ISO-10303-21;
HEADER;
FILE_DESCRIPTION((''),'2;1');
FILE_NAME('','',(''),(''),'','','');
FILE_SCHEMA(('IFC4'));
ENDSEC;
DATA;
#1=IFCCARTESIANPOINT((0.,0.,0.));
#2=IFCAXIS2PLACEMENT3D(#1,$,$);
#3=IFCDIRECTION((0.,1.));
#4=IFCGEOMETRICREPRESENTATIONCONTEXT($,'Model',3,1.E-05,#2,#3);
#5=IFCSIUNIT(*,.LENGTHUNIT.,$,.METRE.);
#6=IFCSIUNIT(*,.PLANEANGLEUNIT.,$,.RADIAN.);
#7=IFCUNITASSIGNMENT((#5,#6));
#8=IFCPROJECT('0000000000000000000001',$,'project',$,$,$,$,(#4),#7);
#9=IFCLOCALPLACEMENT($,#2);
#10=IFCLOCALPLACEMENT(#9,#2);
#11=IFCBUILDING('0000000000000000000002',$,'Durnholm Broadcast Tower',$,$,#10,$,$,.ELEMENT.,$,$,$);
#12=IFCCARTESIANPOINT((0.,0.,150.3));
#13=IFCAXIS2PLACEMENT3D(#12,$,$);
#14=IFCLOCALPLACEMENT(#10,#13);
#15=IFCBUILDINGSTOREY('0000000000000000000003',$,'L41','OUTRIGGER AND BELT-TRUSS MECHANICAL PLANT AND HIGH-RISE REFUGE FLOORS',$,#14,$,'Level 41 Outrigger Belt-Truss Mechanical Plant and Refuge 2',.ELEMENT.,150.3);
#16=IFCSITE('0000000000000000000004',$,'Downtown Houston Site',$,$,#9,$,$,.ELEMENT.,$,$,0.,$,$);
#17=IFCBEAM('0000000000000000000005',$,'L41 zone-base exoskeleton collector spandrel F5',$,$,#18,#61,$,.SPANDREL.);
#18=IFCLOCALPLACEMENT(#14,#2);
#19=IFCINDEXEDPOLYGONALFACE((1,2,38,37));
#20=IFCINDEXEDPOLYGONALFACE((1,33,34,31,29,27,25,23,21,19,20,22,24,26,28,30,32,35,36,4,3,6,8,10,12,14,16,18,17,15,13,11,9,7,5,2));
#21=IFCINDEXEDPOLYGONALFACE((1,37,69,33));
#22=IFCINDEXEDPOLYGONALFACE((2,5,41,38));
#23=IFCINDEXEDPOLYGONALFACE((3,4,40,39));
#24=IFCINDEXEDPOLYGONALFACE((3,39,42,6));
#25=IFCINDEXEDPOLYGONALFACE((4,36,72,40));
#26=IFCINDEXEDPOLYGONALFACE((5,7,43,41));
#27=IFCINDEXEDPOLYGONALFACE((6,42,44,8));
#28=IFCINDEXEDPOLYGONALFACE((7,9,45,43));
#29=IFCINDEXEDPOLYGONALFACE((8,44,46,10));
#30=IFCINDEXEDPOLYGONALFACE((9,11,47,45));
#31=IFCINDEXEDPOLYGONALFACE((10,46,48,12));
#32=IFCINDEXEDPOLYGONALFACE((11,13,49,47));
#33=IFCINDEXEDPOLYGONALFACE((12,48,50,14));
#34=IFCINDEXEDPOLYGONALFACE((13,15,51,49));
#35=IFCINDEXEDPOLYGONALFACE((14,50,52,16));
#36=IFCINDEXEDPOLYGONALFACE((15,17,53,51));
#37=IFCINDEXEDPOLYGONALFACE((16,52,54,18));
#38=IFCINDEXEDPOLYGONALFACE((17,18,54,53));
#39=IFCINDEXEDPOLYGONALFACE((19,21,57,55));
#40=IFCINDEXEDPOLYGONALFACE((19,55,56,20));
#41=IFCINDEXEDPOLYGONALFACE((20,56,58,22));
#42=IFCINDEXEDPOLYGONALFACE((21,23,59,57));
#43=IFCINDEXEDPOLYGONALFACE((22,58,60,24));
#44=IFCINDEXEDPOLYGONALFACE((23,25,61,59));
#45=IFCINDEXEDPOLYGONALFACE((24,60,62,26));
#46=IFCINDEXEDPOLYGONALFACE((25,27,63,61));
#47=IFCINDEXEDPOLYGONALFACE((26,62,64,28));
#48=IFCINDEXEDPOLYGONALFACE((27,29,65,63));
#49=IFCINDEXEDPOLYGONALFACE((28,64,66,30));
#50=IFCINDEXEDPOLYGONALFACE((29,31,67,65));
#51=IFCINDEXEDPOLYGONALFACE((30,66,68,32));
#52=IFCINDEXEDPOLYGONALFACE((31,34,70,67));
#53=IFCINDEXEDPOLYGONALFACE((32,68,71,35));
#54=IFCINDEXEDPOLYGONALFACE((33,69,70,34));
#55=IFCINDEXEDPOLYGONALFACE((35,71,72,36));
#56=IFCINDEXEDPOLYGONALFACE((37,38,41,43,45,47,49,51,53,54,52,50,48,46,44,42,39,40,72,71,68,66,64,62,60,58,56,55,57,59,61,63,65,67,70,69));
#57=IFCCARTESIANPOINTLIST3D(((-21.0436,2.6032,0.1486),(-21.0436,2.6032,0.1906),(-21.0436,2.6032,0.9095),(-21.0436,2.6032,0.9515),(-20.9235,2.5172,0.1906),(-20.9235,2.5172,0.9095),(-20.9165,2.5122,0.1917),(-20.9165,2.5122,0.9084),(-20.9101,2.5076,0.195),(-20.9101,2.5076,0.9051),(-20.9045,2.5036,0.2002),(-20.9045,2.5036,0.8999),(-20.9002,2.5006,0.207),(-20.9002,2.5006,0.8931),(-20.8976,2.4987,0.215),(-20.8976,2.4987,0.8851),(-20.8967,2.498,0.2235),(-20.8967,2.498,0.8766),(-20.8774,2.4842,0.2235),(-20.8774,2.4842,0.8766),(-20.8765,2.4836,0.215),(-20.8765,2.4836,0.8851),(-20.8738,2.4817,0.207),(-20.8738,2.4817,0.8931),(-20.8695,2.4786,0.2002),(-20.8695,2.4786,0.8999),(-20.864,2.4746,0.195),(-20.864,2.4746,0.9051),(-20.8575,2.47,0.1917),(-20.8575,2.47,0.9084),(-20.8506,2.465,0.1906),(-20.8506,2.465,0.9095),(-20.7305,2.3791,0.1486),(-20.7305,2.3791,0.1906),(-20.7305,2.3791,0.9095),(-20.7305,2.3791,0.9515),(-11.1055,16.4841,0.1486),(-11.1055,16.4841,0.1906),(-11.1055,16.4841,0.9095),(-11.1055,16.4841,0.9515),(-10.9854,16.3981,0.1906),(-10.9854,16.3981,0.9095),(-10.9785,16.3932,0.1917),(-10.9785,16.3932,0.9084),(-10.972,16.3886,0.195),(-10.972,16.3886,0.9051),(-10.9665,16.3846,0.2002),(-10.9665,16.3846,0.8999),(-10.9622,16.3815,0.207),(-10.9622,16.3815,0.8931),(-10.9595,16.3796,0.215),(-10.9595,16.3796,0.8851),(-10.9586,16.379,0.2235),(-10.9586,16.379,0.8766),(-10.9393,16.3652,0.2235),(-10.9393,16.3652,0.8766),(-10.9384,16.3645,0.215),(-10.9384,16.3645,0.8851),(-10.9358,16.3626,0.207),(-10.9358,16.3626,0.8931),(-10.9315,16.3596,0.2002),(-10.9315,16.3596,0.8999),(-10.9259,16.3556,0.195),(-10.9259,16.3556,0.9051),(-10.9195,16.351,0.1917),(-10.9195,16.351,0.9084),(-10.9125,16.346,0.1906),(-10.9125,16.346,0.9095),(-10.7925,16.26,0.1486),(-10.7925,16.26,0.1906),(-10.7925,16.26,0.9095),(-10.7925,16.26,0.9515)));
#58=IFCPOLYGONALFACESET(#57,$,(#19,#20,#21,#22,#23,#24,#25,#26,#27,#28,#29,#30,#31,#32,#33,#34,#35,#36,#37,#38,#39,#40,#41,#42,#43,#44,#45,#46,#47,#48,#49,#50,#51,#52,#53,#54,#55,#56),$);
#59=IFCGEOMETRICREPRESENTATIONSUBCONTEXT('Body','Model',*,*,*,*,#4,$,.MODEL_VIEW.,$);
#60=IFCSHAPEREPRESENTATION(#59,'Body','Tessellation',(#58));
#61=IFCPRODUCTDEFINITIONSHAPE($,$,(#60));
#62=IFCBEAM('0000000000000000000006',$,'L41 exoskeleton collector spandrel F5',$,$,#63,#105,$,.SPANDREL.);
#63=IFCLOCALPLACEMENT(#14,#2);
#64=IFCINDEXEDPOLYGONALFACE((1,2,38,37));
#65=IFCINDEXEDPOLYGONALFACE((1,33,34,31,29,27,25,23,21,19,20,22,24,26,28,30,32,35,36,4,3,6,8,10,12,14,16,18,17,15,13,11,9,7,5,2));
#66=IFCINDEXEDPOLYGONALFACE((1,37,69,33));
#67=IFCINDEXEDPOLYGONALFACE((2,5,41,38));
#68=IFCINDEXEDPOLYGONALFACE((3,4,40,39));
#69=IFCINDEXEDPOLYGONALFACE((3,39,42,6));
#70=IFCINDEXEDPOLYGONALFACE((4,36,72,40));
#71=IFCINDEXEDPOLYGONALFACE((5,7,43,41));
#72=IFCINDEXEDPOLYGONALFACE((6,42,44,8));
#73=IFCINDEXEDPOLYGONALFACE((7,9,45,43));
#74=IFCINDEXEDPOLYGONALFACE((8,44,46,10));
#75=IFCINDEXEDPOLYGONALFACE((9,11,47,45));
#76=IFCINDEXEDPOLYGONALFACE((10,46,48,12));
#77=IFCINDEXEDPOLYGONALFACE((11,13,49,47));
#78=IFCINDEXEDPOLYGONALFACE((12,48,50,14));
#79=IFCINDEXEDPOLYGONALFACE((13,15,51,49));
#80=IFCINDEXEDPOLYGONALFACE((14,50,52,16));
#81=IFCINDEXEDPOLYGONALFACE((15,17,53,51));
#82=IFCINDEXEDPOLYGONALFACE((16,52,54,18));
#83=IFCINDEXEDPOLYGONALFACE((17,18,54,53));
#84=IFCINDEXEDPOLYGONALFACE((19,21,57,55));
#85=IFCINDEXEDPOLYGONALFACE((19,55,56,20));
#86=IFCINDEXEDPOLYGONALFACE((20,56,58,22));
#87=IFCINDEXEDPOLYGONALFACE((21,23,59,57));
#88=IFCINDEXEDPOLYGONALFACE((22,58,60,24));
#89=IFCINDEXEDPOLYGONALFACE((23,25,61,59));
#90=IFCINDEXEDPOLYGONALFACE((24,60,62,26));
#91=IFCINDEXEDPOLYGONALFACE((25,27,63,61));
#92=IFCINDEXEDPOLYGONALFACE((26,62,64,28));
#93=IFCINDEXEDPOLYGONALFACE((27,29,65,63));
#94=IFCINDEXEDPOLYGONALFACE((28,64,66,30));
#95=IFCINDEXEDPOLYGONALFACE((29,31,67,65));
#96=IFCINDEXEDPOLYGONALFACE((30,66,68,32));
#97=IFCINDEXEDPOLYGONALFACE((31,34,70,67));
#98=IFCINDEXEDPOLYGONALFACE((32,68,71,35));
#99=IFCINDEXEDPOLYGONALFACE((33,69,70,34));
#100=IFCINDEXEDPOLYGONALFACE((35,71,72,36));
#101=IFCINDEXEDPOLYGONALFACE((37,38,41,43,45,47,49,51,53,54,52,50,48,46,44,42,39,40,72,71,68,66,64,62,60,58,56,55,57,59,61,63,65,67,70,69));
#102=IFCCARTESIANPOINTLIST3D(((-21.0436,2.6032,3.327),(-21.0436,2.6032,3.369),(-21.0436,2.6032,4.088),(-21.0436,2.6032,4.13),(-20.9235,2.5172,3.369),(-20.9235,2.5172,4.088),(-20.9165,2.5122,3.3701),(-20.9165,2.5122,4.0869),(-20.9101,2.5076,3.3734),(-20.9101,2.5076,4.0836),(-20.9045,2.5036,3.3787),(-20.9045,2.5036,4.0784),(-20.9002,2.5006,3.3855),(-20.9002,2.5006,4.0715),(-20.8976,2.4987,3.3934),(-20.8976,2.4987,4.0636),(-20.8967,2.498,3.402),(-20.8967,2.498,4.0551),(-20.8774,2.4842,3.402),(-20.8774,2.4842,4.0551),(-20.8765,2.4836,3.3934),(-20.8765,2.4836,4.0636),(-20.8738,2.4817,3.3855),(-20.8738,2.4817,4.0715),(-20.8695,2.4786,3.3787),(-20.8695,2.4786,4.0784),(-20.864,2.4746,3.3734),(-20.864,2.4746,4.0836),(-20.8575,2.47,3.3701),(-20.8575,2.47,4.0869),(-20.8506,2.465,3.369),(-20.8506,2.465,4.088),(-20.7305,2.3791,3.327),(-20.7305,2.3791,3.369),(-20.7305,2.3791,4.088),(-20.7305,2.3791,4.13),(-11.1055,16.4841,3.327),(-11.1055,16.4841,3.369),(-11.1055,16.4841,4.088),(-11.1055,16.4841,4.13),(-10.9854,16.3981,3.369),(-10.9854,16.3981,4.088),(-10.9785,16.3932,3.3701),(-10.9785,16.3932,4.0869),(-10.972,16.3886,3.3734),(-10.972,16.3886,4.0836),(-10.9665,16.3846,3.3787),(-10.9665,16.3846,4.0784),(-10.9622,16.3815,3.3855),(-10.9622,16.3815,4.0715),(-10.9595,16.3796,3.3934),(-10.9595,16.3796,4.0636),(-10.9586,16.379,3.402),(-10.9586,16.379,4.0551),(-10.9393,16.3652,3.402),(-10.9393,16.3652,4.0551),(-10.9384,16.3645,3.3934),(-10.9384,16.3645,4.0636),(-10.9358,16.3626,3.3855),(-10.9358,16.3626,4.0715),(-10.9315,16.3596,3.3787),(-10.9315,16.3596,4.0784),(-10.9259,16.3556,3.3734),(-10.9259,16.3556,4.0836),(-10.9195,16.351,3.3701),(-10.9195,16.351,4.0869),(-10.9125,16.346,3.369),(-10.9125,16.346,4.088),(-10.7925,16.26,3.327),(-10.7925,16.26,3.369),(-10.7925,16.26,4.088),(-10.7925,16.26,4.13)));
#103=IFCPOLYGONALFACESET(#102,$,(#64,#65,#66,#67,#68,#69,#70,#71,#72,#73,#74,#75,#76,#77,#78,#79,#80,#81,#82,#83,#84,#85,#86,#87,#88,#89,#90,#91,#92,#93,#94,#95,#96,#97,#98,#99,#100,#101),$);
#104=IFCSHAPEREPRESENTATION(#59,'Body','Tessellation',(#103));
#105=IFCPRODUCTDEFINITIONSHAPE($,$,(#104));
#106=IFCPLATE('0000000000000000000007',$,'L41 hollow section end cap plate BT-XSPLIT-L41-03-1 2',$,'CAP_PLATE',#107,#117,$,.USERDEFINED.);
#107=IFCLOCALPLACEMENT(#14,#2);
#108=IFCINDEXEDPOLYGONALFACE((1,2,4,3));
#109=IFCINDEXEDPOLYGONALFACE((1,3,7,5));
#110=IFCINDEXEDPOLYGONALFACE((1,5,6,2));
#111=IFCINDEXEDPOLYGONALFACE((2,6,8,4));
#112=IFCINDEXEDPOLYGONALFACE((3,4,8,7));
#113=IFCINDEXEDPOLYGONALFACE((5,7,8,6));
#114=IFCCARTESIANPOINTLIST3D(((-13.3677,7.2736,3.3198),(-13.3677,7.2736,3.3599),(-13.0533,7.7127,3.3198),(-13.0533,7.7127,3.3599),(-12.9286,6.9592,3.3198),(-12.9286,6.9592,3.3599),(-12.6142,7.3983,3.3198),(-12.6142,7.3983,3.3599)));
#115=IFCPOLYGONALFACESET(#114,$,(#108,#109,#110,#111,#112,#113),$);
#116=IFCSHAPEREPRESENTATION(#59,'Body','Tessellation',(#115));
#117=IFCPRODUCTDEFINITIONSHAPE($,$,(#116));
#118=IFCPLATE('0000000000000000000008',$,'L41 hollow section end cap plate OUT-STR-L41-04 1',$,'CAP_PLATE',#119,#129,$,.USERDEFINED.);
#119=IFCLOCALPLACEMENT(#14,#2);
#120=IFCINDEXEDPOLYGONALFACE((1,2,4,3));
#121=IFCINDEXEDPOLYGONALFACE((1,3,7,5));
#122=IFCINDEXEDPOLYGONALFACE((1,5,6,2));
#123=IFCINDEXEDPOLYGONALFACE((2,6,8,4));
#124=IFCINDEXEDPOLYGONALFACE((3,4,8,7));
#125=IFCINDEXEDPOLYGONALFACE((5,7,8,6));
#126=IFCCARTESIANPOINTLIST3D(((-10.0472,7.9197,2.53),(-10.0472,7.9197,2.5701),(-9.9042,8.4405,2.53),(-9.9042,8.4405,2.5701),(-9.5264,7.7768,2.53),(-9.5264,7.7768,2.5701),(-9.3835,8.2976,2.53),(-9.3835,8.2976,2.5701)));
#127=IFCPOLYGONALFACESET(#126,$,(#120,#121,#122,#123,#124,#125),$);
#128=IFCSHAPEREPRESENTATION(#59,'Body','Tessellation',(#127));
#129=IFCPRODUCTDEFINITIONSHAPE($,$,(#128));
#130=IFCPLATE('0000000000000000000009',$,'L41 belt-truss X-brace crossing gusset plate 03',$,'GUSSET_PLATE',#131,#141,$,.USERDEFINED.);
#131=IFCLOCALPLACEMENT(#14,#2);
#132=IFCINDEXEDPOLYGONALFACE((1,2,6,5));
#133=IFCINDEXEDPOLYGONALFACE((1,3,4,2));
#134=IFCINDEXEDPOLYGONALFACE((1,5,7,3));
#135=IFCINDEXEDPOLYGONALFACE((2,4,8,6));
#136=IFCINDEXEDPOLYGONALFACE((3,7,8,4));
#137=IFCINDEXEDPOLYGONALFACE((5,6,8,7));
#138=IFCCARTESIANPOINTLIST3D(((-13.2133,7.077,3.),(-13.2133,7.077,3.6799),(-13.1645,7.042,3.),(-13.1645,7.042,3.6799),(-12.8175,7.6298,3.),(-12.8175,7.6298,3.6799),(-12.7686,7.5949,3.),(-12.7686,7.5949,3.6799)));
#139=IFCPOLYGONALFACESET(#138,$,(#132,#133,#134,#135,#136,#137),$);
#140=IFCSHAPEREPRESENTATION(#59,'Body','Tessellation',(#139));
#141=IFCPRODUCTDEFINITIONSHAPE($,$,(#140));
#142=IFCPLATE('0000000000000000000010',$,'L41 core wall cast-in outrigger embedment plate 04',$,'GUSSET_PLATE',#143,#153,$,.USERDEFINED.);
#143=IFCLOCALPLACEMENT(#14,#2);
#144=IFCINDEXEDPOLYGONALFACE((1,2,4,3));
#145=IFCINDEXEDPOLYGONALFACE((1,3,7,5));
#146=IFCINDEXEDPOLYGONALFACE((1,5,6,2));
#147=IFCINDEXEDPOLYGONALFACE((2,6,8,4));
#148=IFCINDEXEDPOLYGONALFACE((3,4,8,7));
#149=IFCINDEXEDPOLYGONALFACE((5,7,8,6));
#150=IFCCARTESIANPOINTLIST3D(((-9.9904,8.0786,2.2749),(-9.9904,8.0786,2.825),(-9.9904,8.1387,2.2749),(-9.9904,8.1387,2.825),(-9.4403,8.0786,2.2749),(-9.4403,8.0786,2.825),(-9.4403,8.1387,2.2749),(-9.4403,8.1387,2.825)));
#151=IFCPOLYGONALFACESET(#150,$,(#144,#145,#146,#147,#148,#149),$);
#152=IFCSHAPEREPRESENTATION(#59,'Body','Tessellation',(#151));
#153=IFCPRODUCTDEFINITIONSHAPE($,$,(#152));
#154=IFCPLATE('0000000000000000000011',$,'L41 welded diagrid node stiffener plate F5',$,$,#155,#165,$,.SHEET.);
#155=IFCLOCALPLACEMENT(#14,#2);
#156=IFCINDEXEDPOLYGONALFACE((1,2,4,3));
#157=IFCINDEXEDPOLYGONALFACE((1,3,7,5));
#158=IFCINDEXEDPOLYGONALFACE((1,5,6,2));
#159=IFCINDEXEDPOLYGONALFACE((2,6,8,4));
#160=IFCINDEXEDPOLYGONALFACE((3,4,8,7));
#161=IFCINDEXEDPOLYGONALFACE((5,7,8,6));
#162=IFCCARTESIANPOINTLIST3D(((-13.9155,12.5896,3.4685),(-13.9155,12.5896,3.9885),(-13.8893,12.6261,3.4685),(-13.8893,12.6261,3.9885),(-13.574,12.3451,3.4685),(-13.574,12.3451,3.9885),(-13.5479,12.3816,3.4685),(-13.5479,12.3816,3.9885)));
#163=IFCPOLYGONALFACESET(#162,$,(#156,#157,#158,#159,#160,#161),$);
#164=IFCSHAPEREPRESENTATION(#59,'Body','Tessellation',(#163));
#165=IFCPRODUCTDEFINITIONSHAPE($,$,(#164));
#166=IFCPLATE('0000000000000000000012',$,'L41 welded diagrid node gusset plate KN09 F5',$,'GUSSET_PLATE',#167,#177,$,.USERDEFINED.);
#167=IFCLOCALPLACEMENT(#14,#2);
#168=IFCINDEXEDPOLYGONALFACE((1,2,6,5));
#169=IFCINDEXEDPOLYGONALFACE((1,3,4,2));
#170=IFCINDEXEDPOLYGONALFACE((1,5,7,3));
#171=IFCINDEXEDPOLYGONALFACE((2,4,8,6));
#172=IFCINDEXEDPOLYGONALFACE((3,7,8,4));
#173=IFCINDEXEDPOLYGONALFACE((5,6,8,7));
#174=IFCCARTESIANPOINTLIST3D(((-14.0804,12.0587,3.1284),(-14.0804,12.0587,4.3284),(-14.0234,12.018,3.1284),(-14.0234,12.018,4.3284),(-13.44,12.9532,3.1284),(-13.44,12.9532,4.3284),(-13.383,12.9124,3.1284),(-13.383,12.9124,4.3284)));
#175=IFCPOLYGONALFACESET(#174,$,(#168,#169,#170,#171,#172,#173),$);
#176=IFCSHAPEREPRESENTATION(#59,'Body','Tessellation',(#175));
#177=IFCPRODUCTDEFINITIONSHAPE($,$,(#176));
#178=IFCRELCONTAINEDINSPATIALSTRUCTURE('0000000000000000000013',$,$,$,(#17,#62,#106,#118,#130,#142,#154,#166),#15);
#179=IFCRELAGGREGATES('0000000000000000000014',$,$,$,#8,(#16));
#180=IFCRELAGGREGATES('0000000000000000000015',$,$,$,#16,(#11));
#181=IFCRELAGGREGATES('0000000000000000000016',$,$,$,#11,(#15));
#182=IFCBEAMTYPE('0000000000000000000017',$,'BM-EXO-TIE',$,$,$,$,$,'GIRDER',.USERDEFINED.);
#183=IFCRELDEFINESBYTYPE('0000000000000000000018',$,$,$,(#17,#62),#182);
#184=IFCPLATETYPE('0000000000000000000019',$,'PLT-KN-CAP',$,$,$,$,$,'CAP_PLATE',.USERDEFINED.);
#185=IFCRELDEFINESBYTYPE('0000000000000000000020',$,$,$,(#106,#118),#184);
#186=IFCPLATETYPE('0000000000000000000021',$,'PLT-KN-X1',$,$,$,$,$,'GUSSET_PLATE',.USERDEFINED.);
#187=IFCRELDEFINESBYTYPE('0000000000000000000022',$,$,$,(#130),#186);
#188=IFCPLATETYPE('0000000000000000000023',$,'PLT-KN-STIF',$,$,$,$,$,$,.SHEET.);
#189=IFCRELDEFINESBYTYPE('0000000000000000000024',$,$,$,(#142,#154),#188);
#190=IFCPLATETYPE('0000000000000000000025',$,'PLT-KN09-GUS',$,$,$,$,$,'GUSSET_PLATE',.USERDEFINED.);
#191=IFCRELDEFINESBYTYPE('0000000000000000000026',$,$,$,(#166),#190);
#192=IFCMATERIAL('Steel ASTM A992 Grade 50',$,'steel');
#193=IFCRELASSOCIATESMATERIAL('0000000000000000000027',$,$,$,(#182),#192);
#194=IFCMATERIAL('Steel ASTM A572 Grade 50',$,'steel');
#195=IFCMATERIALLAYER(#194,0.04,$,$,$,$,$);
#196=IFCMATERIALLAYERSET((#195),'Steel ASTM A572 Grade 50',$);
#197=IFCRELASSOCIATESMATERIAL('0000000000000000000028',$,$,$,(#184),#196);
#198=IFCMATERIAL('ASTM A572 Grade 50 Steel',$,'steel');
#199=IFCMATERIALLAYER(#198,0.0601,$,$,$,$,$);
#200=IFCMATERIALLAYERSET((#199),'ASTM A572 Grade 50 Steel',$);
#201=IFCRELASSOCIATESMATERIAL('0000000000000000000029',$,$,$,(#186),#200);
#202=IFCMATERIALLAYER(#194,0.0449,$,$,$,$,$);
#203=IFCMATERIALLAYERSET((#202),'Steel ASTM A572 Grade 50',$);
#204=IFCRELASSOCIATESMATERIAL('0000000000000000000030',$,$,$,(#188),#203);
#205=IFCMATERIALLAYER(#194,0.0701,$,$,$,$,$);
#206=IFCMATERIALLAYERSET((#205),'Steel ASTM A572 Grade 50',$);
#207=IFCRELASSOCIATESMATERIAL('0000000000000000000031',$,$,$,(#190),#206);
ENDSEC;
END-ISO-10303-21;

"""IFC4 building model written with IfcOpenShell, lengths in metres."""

from ifc_helpers import new_model, si_unit, direction, frame, origin, origin_2d, place, context, subcontext, project, spatial, rectangle, i_section, extrude, source, transform, mapped, material, layer, layer_set, material_profile, profile_set, type_object, type_shapes, element, save


model = new_model("IFC4")

# Units and contexts
model_context = context("Model", 3, precision=1e-05, world=origin(), true_north=direction((0.0, 1.0)))
body_context = subcontext(model_context, "Body", "Model", "MODEL_VIEW")
ifc_project = project(units=[si_unit("LENGTHUNIT", "METRE"), si_unit("PLANEANGLEUNIT", "RADIAN")], contexts=[model_context])

# Site, building, storey
site_placement = place(None, origin())
site = spatial("IfcSite", under=ifc_project, at=site_placement, Name="Downtown Houston Site", CompositionType="ELEMENT", RefElevation=0.0)
building_placement = place(site_placement, origin())
building = spatial("IfcBuilding", under=site, at=building_placement, Name="Durnholm Broadcast Tower", CompositionType="ELEMENT")
storey_placement = place(building_placement, frame((0.0, 0.0, 150.3)))
storey = spatial("IfcBuildingStorey", under=building, at=storey_placement, Name="L41", Description="OUTRIGGER AND BELT-TRUSS MECHANICAL PLANT AND HIGH-RISE REFUGE FLOORS", LongName="Level 41 Outrigger Belt-Truss Mechanical Plant and Refuge 2", CompositionType="ELEMENT", Elevation=150.3)

# Shared definitions
ifc_material_1 = material(Name="Steel ASTM A992 Grade 50", Category="steel")
ifc_material_profile_1 = material_profile(ifc_material_1, i_section(OverallWidth=0.385, OverallDepth=0.803, WebThickness=0.0237, FlangeThickness=0.042, FilletRadius=0.033, at=origin_2d()), Name="W30X261")
ifc_profile_set_1 = profile_set([ifc_material_profile_1], Name="Steel ASTM A992 Grade 50")
beam_type = type_object("IfcBeamType", Name="BM-EXO-TIE", ElementType="GIRDER", PredefinedType="USERDEFINED", material=ifc_profile_set_1)

# Beams
shared_shape_1 = source(origin(), body_context, "Body", "SweptSolid", [
    extrude(i_section(OverallWidth=0.385, OverallDepth=0.803, WebThickness=0.0237, FlangeThickness=0.042, FilletRadius=0.033, at=origin_2d()), origin(), (0.0, 0.0, 1.0), 17.0718),
])
for number, where, z_axis, x_axis, name in (
    (1, (-10.949, 16.3721, 0.55), (-0.582133, -0.813093, 0.0), (0.813093, -0.582133, 0.0), "L41 zone-base exoskeleton collector spandrel F5"),
    (2, (-10.949, 16.3721, 3.7285), (-0.582133, -0.813093, 0.0), (0.813093, -0.582133, 0.0), "L41 exoskeleton collector spandrel F5"),
):
    element("IfcBeam", number, at=place(storey_placement, frame(where, z_axis=z_axis, x_axis=x_axis)), inside=storey, type_object=beam_type, Name=name, PredefinedType="SPANDREL", context=body_context, shape_type="MappedRepresentation", body=[
        mapped(shared_shape_1, transform((0.0, 0.0, 0.0), x_axis=(1.0, 0.0, 0.0), y_axis=(0.0, 1.0, 0.0), z_axis=(0.0, 0.0, 1.0), scale=1.0)),
    ])

# Plates
ifc_material_2 = material(Name="Steel ASTM A572 Grade 50", Category="steel")
ifc_layer_1 = layer(ifc_material_2, 0.04)
ifc_layer_set_1 = layer_set([ifc_layer_1], Name="Steel ASTM A572 Grade 50")
plate_type_1 = type_object("IfcPlateType", Name="PLT-KN-CAP", ElementType="CAP_PLATE", PredefinedType="USERDEFINED", material=ifc_layer_set_1)
shared_shape_2 = source(origin(), body_context, "Body", "SweptSolid", [
    extrude(rectangle(XDim=0.54, YDim=0.54, at=origin_2d()), origin(), (0.0, 0.0, 1.0), 0.04),
])
type_shapes(plate_type_1, [shared_shape_2])
for number, where, z_axis, x_axis, name in (
    (3, (-12.991, 7.3359, 3.3198), (0.0, 0.0, 1.0), (-0.582123, -0.813101, 0.0), "L41 hollow section end cap plate BT-XSPLIT-L41-03-1 2"),
    (4, (-9.7153, 8.1086, 2.53), (0.0, 0.0, 1.0), (0.264715, 0.964327, 0.0), "L41 hollow section end cap plate OUT-STR-L41-04 1"),
):
    element("IfcPlate", number, at=place(storey_placement, frame(where, z_axis=z_axis, x_axis=x_axis)), inside=storey, type_object=plate_type_1, Name=name, ObjectType="CAP_PLATE", PredefinedType="USERDEFINED", context=body_context, shape_type="MappedRepresentation", body=[
        mapped(shared_shape_2, transform((0.0, 0.0, 0.0), x_axis=(1.0, 0.0, 0.0), y_axis=(0.0, 1.0, 0.0), z_axis=(0.0, 0.0, 1.0), scale=1.0)),
    ])
ifc_material_3 = material(Name="ASTM A572 Grade 50 Steel", Category="steel")
ifc_layer_2 = layer(ifc_material_3, 0.0601)
ifc_layer_set_2 = layer_set([ifc_layer_2], Name="ASTM A572 Grade 50 Steel")
plate_type_2 = type_object("IfcPlateType", Name="PLT-KN-X1", ElementType="GUSSET_PLATE", PredefinedType="USERDEFINED", material=ifc_layer_set_2)
shared_shape_3 = source(origin(), body_context, "Body", "SweptSolid", [
    extrude(rectangle(XDim=0.6799, YDim=0.0601, at=origin_2d()), origin(), (0.0, 0.0, 1.0), 0.6799),
])
type_shapes(plate_type_2, [shared_shape_3])
plate_1_placement = place(storey_placement, frame((-12.991, 7.3359, 3.0), z_axis=(0.0, 0.0, 1.0), x_axis=(0.582123, 0.813101, 0.0)))
element("IfcPlate", 5, at=plate_1_placement, inside=storey, type_object=plate_type_2, Name="L41 belt-truss X-brace crossing gusset plate 03", ObjectType="GUSSET_PLATE", PredefinedType="USERDEFINED", context=body_context, shape_type="MappedRepresentation", body=[
    mapped(shared_shape_3, transform((0.0, 0.0, 0.0), x_axis=(1.0, 0.0, 0.0), y_axis=(0.0, 1.0, 0.0), z_axis=(0.0, 0.0, 1.0), scale=1.0)),
])
ifc_layer_3 = layer(ifc_material_2, 0.0449)
ifc_layer_set_3 = layer_set([ifc_layer_3], Name="Steel ASTM A572 Grade 50")
plate_type_3 = type_object("IfcPlateType", Name="PLT-KN-STIF", PredefinedType="SHEET", material=ifc_layer_set_3)
shared_shape_4 = source(origin(), body_context, "Body", "SweptSolid", [
    extrude(rectangle(XDim=0.55, YDim=0.0601, at=origin_2d()), origin(), (0.0, 0.0, 1.0), 0.55),
])
plate_2_placement = place(storey_placement, frame((-9.7153, 8.1086, 2.2749), z_axis=(0.0, 0.0, 1.0), x_axis=(1.0, 0.0, 0.0)))
element("IfcPlate", 6, at=plate_2_placement, inside=storey, type_object=plate_type_3, Name="L41 core wall cast-in outrigger embedment plate 04", ObjectType="GUSSET_PLATE", PredefinedType="USERDEFINED", context=body_context, shape_type="MappedRepresentation", body=[
    mapped(shared_shape_4, transform((0.0, 0.0, 0.0), x_axis=(1.0, 0.0, 0.0), y_axis=(0.0, 1.0, 0.0), z_axis=(0.0, 0.0, 1.0), scale=1.0)),
])
shared_shape_5 = source(origin(), body_context, "Body", "SweptSolid", [
    extrude(rectangle(XDim=0.0449, YDim=0.4199, at=origin_2d()), origin(), (0.0, 0.0, 1.0), 0.52),
])
type_shapes(plate_type_3, [shared_shape_4, shared_shape_5])
plate_3_placement = place(storey_placement, frame((-13.7317, 12.4856, 3.4685), z_axis=(0.0, 0.0, 1.0), x_axis=(-0.582123, -0.813101, 0.0)))
element("IfcPlate", 7, at=plate_3_placement, inside=storey, type_object=plate_type_3, Name="L41 welded diagrid node stiffener plate F5", PredefinedType="SHEET", context=body_context, shape_type="MappedRepresentation", body=[
    mapped(shared_shape_5, transform((0.0, 0.0, 0.0), x_axis=(1.0, 0.0, 0.0), y_axis=(0.0, 1.0, 0.0), z_axis=(0.0, 0.0, 1.0), scale=1.0)),
])
ifc_layer_4 = layer(ifc_material_2, 0.0701)
ifc_layer_set_4 = layer_set([ifc_layer_4], Name="Steel ASTM A572 Grade 50")
plate_type_4 = type_object("IfcPlateType", Name="PLT-KN09-GUS", ElementType="GUSSET_PLATE", PredefinedType="USERDEFINED", material=ifc_layer_set_4)
shared_shape_6 = source(origin(), body_context, "Body", "SweptSolid", [
    extrude(rectangle(XDim=1.1001, YDim=0.0701, at=origin_2d()), origin(), (0.0, 0.0, 1.0), 1.2),
])
type_shapes(plate_type_4, [shared_shape_6])
plate_4_placement = place(storey_placement, frame((-13.7317, 12.4856, 3.1284), z_axis=(0.0, 0.0, 1.0), x_axis=(-0.582123, -0.813101, 0.0)))
element("IfcPlate", 8, at=plate_4_placement, inside=storey, type_object=plate_type_4, Name="L41 welded diagrid node gusset plate KN09 F5", ObjectType="GUSSET_PLATE", PredefinedType="USERDEFINED", context=body_context, shape_type="MappedRepresentation", body=[
    mapped(shared_shape_6, transform((0.0, 0.0, 0.0), x_axis=(1.0, 0.0, 0.0), y_axis=(0.0, 1.0, 0.0), z_axis=(0.0, 0.0, 1.0), scale=1.0)),
])

save(model, "model.ifc")
